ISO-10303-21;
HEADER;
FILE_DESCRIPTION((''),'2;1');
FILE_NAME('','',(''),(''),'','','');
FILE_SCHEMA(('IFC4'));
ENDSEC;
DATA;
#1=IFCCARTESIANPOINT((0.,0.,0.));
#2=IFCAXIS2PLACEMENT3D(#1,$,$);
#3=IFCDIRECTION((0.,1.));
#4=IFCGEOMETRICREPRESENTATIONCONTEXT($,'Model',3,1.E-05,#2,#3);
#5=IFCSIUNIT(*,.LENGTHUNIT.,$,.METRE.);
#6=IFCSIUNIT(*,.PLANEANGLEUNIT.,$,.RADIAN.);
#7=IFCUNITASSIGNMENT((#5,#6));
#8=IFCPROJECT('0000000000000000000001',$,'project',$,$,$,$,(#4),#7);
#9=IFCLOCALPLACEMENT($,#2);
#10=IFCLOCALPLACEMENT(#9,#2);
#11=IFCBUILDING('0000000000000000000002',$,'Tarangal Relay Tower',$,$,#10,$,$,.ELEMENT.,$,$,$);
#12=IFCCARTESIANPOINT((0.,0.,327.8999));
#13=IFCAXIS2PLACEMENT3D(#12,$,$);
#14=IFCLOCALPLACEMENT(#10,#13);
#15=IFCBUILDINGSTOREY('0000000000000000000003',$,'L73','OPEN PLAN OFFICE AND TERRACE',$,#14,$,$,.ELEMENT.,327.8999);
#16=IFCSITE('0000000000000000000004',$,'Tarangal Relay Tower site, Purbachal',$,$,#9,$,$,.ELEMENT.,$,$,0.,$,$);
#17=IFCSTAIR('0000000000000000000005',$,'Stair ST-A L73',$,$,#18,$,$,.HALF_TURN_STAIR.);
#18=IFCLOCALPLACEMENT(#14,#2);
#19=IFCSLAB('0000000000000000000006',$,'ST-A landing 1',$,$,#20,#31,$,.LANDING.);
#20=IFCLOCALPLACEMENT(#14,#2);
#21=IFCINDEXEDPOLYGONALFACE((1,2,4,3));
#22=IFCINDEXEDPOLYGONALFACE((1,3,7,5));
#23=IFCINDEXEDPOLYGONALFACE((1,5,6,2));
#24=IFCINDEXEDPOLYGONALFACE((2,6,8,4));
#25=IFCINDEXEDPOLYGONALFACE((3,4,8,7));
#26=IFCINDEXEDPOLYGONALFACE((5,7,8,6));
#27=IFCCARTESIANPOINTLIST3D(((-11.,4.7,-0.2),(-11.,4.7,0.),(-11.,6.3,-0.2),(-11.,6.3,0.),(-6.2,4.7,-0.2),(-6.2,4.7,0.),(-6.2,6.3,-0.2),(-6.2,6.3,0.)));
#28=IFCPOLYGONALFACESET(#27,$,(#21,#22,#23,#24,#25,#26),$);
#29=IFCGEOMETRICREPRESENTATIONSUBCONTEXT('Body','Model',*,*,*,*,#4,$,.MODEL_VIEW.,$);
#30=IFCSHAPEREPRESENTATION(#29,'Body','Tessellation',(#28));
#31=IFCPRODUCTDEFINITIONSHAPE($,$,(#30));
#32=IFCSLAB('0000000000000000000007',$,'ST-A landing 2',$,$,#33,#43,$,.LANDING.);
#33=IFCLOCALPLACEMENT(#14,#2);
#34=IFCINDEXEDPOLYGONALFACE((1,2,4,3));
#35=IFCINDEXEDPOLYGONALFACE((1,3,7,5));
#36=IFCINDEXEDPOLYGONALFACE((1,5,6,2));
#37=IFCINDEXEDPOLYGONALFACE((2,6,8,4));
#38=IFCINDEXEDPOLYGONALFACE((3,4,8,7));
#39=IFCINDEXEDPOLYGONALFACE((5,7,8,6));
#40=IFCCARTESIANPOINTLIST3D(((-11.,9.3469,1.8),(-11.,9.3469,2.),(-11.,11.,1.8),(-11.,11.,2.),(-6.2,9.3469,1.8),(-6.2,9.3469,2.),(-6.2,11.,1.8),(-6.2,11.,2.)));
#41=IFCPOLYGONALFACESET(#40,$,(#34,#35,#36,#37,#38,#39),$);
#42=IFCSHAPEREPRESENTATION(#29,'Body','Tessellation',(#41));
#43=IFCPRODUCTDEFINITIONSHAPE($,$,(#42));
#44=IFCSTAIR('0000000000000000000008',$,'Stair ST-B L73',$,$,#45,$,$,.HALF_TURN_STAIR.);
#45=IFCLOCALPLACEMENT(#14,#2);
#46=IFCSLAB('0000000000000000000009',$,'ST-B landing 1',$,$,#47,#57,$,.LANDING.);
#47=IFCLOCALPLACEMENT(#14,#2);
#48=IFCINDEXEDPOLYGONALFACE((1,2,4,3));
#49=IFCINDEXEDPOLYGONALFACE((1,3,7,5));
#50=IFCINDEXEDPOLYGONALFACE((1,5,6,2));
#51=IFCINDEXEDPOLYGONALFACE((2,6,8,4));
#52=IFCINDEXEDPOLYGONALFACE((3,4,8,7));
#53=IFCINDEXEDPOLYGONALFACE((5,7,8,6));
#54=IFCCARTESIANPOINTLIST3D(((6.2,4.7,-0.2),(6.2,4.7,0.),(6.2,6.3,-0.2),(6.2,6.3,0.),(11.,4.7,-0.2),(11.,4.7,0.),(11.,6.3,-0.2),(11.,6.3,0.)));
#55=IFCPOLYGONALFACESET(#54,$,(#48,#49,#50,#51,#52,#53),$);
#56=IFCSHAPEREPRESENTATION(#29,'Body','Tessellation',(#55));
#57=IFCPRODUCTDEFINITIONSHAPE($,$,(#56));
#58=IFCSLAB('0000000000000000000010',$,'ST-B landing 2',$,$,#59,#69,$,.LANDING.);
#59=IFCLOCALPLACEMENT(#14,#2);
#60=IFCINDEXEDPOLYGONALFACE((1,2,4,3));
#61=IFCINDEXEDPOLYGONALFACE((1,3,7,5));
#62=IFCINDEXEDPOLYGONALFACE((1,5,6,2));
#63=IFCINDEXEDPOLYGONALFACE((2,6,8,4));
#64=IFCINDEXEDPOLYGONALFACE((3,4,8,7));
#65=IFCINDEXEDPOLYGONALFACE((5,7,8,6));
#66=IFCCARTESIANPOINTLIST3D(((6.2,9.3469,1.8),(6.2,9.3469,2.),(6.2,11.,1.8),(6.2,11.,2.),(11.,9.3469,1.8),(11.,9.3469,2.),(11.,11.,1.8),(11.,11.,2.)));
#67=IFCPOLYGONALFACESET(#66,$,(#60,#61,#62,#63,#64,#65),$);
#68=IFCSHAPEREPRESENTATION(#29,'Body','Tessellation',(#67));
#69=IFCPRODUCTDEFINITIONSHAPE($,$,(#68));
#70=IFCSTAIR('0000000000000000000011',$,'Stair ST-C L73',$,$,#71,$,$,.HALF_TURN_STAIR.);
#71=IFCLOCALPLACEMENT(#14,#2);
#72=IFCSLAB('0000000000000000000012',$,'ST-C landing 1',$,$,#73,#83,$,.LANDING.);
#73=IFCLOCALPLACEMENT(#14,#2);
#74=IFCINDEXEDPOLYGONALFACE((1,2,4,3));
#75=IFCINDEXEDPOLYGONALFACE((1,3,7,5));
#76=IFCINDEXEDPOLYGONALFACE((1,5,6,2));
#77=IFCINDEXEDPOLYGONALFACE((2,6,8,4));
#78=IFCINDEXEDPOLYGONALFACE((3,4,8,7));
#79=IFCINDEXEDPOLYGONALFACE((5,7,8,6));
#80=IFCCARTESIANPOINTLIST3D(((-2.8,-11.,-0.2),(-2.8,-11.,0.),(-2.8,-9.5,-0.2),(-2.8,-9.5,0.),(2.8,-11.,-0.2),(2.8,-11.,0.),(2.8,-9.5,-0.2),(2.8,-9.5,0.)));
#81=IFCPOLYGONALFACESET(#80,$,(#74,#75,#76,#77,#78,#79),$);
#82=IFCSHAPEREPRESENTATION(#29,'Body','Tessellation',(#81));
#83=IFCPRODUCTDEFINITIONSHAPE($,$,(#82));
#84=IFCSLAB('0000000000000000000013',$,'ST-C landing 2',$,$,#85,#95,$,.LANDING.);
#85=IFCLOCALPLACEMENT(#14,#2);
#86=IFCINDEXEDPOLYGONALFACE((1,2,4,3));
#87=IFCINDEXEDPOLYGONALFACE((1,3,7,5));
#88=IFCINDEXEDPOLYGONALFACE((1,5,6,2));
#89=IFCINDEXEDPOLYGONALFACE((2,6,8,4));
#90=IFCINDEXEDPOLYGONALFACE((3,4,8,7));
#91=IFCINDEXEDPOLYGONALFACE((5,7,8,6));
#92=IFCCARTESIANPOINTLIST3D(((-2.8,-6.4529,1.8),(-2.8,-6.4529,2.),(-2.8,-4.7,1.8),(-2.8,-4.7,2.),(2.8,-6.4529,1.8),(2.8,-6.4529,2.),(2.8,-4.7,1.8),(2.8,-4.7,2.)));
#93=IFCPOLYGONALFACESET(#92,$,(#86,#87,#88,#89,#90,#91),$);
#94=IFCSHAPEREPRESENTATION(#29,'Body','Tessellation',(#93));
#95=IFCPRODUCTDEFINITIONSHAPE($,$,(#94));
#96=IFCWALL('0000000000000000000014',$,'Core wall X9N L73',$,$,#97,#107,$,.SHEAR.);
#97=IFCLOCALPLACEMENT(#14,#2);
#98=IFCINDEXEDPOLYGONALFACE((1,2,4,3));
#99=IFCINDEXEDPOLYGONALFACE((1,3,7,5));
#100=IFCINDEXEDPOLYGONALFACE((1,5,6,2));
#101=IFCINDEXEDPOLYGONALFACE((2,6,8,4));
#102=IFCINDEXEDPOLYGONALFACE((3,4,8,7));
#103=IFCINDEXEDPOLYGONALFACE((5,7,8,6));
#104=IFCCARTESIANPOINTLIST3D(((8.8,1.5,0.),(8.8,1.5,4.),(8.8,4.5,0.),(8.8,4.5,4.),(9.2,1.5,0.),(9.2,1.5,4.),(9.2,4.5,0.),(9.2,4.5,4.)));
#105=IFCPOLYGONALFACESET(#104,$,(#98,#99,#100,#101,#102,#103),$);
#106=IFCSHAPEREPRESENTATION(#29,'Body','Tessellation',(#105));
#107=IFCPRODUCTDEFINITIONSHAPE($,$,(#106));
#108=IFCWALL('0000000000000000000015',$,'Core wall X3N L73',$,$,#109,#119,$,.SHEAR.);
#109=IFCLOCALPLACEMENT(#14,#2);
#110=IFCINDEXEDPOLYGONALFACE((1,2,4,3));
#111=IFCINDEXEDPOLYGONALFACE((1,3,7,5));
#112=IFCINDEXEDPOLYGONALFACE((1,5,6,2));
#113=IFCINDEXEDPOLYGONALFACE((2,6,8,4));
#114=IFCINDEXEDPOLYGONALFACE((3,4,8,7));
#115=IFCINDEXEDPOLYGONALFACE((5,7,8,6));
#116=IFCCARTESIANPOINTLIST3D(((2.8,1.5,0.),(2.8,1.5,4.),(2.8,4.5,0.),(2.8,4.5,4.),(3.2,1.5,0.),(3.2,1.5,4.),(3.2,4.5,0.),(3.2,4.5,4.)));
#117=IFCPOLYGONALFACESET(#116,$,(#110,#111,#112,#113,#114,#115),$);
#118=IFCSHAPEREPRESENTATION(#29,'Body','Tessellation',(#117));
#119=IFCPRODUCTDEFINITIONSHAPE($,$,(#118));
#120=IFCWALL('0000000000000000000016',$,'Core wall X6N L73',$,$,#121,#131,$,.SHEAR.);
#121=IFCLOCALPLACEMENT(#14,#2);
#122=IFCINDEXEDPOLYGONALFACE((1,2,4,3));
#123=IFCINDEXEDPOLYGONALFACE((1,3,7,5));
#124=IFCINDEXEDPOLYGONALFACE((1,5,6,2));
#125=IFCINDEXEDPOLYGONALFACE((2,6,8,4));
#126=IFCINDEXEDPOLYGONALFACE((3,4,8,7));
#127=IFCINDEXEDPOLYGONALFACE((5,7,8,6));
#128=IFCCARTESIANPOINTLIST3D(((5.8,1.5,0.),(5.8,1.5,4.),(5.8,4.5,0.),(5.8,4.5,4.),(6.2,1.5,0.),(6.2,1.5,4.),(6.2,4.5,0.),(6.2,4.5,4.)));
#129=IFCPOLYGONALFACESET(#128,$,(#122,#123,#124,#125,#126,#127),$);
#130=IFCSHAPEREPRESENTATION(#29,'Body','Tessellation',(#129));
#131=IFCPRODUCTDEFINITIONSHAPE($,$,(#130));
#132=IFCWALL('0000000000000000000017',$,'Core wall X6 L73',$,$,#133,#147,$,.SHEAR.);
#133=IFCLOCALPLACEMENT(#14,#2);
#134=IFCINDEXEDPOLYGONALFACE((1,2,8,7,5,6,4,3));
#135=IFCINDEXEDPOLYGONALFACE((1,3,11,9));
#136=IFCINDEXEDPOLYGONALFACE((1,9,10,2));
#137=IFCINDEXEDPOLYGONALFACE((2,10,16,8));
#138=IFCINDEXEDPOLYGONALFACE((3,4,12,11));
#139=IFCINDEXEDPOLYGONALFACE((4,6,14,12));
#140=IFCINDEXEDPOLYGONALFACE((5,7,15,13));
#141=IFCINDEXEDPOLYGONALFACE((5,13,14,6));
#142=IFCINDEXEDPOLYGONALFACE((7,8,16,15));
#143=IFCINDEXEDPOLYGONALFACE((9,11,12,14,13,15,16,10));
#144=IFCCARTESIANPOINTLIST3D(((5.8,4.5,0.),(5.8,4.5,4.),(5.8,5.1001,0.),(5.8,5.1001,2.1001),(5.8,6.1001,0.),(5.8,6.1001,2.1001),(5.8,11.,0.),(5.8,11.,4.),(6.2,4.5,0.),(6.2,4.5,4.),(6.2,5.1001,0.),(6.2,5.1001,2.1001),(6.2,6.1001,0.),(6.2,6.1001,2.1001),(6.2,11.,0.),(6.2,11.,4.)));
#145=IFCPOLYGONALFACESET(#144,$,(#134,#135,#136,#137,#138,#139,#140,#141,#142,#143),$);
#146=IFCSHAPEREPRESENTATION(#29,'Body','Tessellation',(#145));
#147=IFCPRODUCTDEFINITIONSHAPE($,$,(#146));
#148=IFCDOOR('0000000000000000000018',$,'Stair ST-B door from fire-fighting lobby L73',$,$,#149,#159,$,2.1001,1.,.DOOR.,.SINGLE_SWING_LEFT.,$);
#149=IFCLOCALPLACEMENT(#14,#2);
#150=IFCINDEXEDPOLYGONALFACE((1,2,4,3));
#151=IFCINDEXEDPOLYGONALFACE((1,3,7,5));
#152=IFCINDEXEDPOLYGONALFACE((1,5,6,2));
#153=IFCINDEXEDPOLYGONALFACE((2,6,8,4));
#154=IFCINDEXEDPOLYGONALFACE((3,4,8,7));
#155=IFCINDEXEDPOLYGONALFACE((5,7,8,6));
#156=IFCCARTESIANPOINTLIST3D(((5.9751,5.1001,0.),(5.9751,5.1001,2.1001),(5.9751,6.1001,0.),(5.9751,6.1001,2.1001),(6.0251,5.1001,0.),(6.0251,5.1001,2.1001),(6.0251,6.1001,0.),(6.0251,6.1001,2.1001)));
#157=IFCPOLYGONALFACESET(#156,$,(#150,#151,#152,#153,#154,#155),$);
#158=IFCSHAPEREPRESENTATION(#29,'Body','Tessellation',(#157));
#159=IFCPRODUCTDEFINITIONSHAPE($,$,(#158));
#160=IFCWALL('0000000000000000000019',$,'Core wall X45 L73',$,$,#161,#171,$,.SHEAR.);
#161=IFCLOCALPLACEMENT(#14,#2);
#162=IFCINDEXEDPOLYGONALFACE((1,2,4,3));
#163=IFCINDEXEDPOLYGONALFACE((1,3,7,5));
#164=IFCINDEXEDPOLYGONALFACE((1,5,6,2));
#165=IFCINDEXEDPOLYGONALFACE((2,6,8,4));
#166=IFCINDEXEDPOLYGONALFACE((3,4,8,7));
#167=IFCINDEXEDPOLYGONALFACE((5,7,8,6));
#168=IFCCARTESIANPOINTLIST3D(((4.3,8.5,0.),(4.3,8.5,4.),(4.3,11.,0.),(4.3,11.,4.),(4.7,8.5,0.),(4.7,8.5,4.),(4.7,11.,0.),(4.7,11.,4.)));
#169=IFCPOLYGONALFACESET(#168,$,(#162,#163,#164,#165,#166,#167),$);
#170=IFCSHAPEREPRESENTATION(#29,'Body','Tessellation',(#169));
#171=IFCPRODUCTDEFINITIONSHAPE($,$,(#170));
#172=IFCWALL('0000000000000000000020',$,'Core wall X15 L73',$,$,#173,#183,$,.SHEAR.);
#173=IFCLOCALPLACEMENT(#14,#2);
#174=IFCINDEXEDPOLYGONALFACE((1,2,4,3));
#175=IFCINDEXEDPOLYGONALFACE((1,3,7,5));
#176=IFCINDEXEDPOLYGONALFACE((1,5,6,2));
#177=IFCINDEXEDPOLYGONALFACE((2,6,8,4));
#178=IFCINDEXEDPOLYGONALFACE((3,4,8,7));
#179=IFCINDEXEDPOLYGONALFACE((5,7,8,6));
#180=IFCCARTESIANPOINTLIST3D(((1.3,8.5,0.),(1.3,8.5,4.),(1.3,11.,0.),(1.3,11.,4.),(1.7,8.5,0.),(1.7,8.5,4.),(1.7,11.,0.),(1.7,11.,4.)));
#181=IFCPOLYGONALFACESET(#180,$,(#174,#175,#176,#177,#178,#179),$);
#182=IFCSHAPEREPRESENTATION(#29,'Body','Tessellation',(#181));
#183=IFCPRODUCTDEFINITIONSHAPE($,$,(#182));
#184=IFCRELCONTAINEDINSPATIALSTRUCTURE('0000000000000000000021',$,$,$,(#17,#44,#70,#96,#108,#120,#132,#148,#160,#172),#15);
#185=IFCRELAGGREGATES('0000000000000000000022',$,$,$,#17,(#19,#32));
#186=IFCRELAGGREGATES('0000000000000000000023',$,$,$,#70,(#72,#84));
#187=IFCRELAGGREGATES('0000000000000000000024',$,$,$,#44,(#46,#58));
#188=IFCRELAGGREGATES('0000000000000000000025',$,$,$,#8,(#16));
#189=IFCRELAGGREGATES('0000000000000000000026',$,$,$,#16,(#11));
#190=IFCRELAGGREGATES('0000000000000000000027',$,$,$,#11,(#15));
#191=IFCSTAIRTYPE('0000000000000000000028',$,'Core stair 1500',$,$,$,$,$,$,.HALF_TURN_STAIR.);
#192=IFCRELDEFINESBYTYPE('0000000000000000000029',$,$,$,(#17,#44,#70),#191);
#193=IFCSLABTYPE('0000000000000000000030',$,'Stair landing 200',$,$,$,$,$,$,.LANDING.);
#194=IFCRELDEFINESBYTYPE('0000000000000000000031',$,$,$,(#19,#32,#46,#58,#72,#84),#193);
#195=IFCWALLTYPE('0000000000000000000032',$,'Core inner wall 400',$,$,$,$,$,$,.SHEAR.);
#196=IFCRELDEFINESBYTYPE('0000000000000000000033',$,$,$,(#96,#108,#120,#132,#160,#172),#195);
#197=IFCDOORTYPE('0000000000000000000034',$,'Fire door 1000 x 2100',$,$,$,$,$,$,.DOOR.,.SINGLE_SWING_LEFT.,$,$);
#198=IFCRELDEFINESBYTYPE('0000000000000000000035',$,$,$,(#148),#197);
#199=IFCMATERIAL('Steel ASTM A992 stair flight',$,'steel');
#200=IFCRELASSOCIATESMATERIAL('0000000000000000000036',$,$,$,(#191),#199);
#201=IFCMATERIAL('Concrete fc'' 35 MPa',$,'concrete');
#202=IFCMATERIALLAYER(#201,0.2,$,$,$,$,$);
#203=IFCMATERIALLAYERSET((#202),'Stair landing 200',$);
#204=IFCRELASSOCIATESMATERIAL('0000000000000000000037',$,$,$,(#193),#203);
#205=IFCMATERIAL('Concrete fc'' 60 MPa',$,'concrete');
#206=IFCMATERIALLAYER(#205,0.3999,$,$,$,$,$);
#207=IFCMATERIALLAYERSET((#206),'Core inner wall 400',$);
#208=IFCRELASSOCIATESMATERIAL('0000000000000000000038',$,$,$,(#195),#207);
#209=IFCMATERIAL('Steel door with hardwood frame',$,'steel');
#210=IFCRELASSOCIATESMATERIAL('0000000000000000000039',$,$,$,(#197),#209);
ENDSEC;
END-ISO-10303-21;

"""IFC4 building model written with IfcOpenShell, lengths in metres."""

from ifc_helpers import new_model, si_unit, direction, frame, frame_2d, origin, place, context, subcontext, project, spatial, polyline, rectangle, outline, extrude, material, layer, layer_set, type_object, element, fill, aggregate, save


model = new_model("IFC4")

# Units and contexts
model_context = context("Model", 3, precision=1e-05, world=origin(), true_north=direction((0.0, 1.0)))
body_context = subcontext(model_context, "Body", "Model", "MODEL_VIEW")
ifc_project = project(units=[si_unit("LENGTHUNIT", "METRE"), si_unit("PLANEANGLEUNIT", "RADIAN")], contexts=[model_context])

# Site, building, storey
site_placement = place(None, origin())
site = spatial("IfcSite", under=ifc_project, at=site_placement, Name="Tarangal Relay Tower site, Purbachal", CompositionType="ELEMENT", RefElevation=0.0)
building_placement = place(site_placement, origin())
building = spatial("IfcBuilding", under=site, at=building_placement, Name="Tarangal Relay Tower", CompositionType="ELEMENT")
storey_placement = place(building_placement, frame((0.0, 0.0, 327.8999)))
storey = spatial("IfcBuildingStorey", under=building, at=storey_placement, Name="L73", Description="OPEN PLAN OFFICE AND TERRACE", CompositionType="ELEMENT", Elevation=327.8999)

# Stairs, slabs
ifc_material_1 = material(Name="Steel ASTM A992 stair flight", Category="steel")
stair_type = type_object("IfcStairType", Name="Core stair 1500", PredefinedType="HALF_TURN_STAIR", material=ifc_material_1)
stair_1_placement = place(storey_placement, origin())
stair_1 = element("IfcStair", 1, at=stair_1_placement, inside=storey, type_object=stair_type, Name="Stair ST-A L73", PredefinedType="HALF_TURN_STAIR")
ifc_material_2 = material(Name="Concrete fc' 35 MPa", Category="concrete")
ifc_layer_1 = layer(ifc_material_2, 0.2)
ifc_layer_set_1 = layer_set([ifc_layer_1], Name="Stair landing 200")
slab_type = type_object("IfcSlabType", Name="Stair landing 200", PredefinedType="LANDING", material=ifc_layer_set_1)
slab_1_placement = place(storey_placement, frame((0.0, 0.0, -0.2)))
slab_1 = element("IfcSlab", 2, at=slab_1_placement, type_object=slab_type, Name="ST-A landing 1", PredefinedType="LANDING", context=body_context, shape_type="SweptSolid", body=[
    extrude(outline(polyline([(-11.0, 4.7), (-6.2, 4.7), (-6.2, 6.3), (-11.0, 6.3), (-11.0, 4.7)])), origin(), (0.0, 0.0, 1.0), 0.2),
])
slab_2_placement = place(storey_placement, frame((0.0, 0.0, 1.8)))
slab_2 = element("IfcSlab", 3, at=slab_2_placement, type_object=slab_type, Name="ST-A landing 2", PredefinedType="LANDING", context=body_context, shape_type="SweptSolid", body=[
    extrude(outline(polyline([(-11.0, 9.3469), (-6.2, 9.3469), (-6.2, 11.0), (-11.0, 11.0), (-11.0, 9.3469)])), origin(), (0.0, 0.0, 1.0), 0.2),
])
aggregate(stair_1, [slab_1, slab_2])
stair_2_placement = place(storey_placement, origin())
stair_2 = element("IfcStair", 4, at=stair_2_placement, inside=storey, type_object=stair_type, Name="Stair ST-B L73", PredefinedType="HALF_TURN_STAIR")
slab_3_placement = place(storey_placement, frame((0.0, 0.0, -0.2)))
slab_3 = element("IfcSlab", 5, at=slab_3_placement, type_object=slab_type, Name="ST-B landing 1", PredefinedType="LANDING", context=body_context, shape_type="SweptSolid", body=[
    extrude(outline(polyline([(6.2, 4.7), (11.0, 4.7), (11.0, 6.3), (6.2, 6.3), (6.2, 4.7)])), origin(), (0.0, 0.0, 1.0), 0.2),
])
slab_4_placement = place(storey_placement, frame((0.0, 0.0, 1.8)))
slab_4 = element("IfcSlab", 6, at=slab_4_placement, type_object=slab_type, Name="ST-B landing 2", PredefinedType="LANDING", context=body_context, shape_type="SweptSolid", body=[
    extrude(outline(polyline([(6.2, 9.3469), (11.0, 9.3469), (11.0, 11.0), (6.2, 11.0), (6.2, 9.3469)])), origin(), (0.0, 0.0, 1.0), 0.2),
])
stair_3_placement = place(storey_placement, origin())
stair_3 = element("IfcStair", 7, at=stair_3_placement, inside=storey, type_object=stair_type, Name="Stair ST-C L73", PredefinedType="HALF_TURN_STAIR")
slab_5_placement = place(storey_placement, frame((0.0, 0.0, -0.2)))
slab_5 = element("IfcSlab", 8, at=slab_5_placement, type_object=slab_type, Name="ST-C landing 1", PredefinedType="LANDING", context=body_context, shape_type="SweptSolid", body=[
    extrude(outline(polyline([(-2.8, -11.0), (2.8, -11.0), (2.8, -9.5), (-2.8, -9.5), (-2.8, -11.0)])), origin(), (0.0, 0.0, 1.0), 0.2),
])
slab_6_placement = place(storey_placement, frame((0.0, 0.0, 1.8)))
slab_6 = element("IfcSlab", 9, at=slab_6_placement, type_object=slab_type, Name="ST-C landing 2", PredefinedType="LANDING", context=body_context, shape_type="SweptSolid", body=[
    extrude(outline(polyline([(-2.8, -6.4529), (2.8, -6.4529), (2.8, -4.7), (-2.8, -4.7), (-2.8, -6.4529)])), origin(), (0.0, 0.0, 1.0), 0.2),
])
aggregate(stair_3, [slab_5, slab_6])

# Walls
ifc_material_3 = material(Name="Concrete fc' 60 MPa", Category="concrete")
ifc_layer_2 = layer(ifc_material_3, 0.3999)
ifc_layer_set_2 = layer_set([ifc_layer_2], Name="Core inner wall 400")
wall_type = type_object("IfcWallType", Name="Core inner wall 400", PredefinedType="SHEAR", material=ifc_layer_set_2)
for number, where, z_axis, x_axis, name in (
    (10, (9.0, 1.5, 0.0), (0.0, 0.0, 1.0), (0.0, 1.0, 0.0), "Core wall X9N L73"),
    (11, (3.0, 1.5, 0.0), (0.0, 0.0, 1.0), (0.0, 1.0, 0.0), "Core wall X3N L73"),
    (12, (6.0, 1.5, 0.0), (0.0, 0.0, 1.0), (0.0, 1.0, 0.0), "Core wall X6N L73"),
):
    element("IfcWall", number, at=place(storey_placement, frame(where, z_axis=z_axis, x_axis=x_axis)), inside=storey, type_object=wall_type, Name=name, PredefinedType="SHEAR", context=body_context, shape_type="SweptSolid", body=[
        extrude(rectangle(XDim=3.0, YDim=0.3999, at=frame_2d((1.5, 0.0))), origin(), (0.0, 0.0, 1.0), 4.0),
    ])

# Wall, opening, door
wall_placement = place(storey_placement, frame((6.0, 4.5, 0.0), z_axis=(0.0, 0.0, 1.0), x_axis=(0.0, 1.0, 0.0)))
wall = element("IfcWall", 13, at=wall_placement, inside=storey, type_object=wall_type, Name="Core wall X6 L73", PredefinedType="SHEAR", context=body_context, shape_type="SweptSolid", body=[
    extrude(rectangle(XDim=6.5, YDim=0.3999, at=frame_2d((3.25, 0.0))), origin(), (0.0, 0.0, 1.0), 4.0),
])
opening_placement = place(wall_placement, frame((0.6001, 0.0, 0.0)))
opening = element("IfcOpeningElement", 14, at=opening_placement, cuts=wall, PredefinedType="OPENING", context=body_context, shape_type="SweptSolid", body=[
    extrude(rectangle(XDim=1.0, YDim=2.1001, at=frame_2d((0.5, 1.05))), frame((0.0, 0.21, 0.0), z_axis=(0.0, -1.0, 0.0), x_axis=(1.0, 0.0, 0.0)), (0.0, 0.0, 1.0), 0.4199),
])
ifc_material_4 = material(Name="Steel door with hardwood frame", Category="steel")
door_type = type_object("IfcDoorType", Name="Fire door 1000 x 2100", OperationType="SINGLE_SWING_LEFT", PredefinedType="DOOR", material=ifc_material_4)
door_placement = place(opening_placement, origin())
door = element("IfcDoor", 15, at=door_placement, inside=storey, type_object=door_type, Name="Stair ST-B door from fire-fighting lobby L73", OperationType="SINGLE_SWING_LEFT", OverallHeight=2.1001, OverallWidth=1.0, PredefinedType="DOOR", context=body_context, shape_type="SweptSolid", body=[
    extrude(rectangle(XDim=1.0, YDim=2.1001, at=frame_2d((0.5, 1.05))), frame((0.0, 0.0249, 0.0), z_axis=(0.0, -1.0, 0.0), x_axis=(1.0, 0.0, 0.0)), (0.0, 0.0, 1.0), 0.05),
])
fill(opening, door)

# Walls
for number, where, z_axis, x_axis, name in (
    (16, (4.5, 8.5, 0.0), (0.0, 0.0, 1.0), (0.0, 1.0, 0.0), "Core wall X45 L73"),
    (17, (1.5, 8.5, 0.0), (0.0, 0.0, 1.0), (0.0, 1.0, 0.0), "Core wall X15 L73"),
):
    element("IfcWall", number, at=place(storey_placement, frame(where, z_axis=z_axis, x_axis=x_axis)), inside=storey, type_object=wall_type, Name=name, PredefinedType="SHEAR", context=body_context, shape_type="SweptSolid", body=[
        extrude(rectangle(XDim=2.5, YDim=0.3999, at=frame_2d((1.25, 0.0))), origin(), (0.0, 0.0, 1.0), 4.0),
    ])

aggregate(stair_2, [slab_3, slab_4])

save(model, "model.ifc")
